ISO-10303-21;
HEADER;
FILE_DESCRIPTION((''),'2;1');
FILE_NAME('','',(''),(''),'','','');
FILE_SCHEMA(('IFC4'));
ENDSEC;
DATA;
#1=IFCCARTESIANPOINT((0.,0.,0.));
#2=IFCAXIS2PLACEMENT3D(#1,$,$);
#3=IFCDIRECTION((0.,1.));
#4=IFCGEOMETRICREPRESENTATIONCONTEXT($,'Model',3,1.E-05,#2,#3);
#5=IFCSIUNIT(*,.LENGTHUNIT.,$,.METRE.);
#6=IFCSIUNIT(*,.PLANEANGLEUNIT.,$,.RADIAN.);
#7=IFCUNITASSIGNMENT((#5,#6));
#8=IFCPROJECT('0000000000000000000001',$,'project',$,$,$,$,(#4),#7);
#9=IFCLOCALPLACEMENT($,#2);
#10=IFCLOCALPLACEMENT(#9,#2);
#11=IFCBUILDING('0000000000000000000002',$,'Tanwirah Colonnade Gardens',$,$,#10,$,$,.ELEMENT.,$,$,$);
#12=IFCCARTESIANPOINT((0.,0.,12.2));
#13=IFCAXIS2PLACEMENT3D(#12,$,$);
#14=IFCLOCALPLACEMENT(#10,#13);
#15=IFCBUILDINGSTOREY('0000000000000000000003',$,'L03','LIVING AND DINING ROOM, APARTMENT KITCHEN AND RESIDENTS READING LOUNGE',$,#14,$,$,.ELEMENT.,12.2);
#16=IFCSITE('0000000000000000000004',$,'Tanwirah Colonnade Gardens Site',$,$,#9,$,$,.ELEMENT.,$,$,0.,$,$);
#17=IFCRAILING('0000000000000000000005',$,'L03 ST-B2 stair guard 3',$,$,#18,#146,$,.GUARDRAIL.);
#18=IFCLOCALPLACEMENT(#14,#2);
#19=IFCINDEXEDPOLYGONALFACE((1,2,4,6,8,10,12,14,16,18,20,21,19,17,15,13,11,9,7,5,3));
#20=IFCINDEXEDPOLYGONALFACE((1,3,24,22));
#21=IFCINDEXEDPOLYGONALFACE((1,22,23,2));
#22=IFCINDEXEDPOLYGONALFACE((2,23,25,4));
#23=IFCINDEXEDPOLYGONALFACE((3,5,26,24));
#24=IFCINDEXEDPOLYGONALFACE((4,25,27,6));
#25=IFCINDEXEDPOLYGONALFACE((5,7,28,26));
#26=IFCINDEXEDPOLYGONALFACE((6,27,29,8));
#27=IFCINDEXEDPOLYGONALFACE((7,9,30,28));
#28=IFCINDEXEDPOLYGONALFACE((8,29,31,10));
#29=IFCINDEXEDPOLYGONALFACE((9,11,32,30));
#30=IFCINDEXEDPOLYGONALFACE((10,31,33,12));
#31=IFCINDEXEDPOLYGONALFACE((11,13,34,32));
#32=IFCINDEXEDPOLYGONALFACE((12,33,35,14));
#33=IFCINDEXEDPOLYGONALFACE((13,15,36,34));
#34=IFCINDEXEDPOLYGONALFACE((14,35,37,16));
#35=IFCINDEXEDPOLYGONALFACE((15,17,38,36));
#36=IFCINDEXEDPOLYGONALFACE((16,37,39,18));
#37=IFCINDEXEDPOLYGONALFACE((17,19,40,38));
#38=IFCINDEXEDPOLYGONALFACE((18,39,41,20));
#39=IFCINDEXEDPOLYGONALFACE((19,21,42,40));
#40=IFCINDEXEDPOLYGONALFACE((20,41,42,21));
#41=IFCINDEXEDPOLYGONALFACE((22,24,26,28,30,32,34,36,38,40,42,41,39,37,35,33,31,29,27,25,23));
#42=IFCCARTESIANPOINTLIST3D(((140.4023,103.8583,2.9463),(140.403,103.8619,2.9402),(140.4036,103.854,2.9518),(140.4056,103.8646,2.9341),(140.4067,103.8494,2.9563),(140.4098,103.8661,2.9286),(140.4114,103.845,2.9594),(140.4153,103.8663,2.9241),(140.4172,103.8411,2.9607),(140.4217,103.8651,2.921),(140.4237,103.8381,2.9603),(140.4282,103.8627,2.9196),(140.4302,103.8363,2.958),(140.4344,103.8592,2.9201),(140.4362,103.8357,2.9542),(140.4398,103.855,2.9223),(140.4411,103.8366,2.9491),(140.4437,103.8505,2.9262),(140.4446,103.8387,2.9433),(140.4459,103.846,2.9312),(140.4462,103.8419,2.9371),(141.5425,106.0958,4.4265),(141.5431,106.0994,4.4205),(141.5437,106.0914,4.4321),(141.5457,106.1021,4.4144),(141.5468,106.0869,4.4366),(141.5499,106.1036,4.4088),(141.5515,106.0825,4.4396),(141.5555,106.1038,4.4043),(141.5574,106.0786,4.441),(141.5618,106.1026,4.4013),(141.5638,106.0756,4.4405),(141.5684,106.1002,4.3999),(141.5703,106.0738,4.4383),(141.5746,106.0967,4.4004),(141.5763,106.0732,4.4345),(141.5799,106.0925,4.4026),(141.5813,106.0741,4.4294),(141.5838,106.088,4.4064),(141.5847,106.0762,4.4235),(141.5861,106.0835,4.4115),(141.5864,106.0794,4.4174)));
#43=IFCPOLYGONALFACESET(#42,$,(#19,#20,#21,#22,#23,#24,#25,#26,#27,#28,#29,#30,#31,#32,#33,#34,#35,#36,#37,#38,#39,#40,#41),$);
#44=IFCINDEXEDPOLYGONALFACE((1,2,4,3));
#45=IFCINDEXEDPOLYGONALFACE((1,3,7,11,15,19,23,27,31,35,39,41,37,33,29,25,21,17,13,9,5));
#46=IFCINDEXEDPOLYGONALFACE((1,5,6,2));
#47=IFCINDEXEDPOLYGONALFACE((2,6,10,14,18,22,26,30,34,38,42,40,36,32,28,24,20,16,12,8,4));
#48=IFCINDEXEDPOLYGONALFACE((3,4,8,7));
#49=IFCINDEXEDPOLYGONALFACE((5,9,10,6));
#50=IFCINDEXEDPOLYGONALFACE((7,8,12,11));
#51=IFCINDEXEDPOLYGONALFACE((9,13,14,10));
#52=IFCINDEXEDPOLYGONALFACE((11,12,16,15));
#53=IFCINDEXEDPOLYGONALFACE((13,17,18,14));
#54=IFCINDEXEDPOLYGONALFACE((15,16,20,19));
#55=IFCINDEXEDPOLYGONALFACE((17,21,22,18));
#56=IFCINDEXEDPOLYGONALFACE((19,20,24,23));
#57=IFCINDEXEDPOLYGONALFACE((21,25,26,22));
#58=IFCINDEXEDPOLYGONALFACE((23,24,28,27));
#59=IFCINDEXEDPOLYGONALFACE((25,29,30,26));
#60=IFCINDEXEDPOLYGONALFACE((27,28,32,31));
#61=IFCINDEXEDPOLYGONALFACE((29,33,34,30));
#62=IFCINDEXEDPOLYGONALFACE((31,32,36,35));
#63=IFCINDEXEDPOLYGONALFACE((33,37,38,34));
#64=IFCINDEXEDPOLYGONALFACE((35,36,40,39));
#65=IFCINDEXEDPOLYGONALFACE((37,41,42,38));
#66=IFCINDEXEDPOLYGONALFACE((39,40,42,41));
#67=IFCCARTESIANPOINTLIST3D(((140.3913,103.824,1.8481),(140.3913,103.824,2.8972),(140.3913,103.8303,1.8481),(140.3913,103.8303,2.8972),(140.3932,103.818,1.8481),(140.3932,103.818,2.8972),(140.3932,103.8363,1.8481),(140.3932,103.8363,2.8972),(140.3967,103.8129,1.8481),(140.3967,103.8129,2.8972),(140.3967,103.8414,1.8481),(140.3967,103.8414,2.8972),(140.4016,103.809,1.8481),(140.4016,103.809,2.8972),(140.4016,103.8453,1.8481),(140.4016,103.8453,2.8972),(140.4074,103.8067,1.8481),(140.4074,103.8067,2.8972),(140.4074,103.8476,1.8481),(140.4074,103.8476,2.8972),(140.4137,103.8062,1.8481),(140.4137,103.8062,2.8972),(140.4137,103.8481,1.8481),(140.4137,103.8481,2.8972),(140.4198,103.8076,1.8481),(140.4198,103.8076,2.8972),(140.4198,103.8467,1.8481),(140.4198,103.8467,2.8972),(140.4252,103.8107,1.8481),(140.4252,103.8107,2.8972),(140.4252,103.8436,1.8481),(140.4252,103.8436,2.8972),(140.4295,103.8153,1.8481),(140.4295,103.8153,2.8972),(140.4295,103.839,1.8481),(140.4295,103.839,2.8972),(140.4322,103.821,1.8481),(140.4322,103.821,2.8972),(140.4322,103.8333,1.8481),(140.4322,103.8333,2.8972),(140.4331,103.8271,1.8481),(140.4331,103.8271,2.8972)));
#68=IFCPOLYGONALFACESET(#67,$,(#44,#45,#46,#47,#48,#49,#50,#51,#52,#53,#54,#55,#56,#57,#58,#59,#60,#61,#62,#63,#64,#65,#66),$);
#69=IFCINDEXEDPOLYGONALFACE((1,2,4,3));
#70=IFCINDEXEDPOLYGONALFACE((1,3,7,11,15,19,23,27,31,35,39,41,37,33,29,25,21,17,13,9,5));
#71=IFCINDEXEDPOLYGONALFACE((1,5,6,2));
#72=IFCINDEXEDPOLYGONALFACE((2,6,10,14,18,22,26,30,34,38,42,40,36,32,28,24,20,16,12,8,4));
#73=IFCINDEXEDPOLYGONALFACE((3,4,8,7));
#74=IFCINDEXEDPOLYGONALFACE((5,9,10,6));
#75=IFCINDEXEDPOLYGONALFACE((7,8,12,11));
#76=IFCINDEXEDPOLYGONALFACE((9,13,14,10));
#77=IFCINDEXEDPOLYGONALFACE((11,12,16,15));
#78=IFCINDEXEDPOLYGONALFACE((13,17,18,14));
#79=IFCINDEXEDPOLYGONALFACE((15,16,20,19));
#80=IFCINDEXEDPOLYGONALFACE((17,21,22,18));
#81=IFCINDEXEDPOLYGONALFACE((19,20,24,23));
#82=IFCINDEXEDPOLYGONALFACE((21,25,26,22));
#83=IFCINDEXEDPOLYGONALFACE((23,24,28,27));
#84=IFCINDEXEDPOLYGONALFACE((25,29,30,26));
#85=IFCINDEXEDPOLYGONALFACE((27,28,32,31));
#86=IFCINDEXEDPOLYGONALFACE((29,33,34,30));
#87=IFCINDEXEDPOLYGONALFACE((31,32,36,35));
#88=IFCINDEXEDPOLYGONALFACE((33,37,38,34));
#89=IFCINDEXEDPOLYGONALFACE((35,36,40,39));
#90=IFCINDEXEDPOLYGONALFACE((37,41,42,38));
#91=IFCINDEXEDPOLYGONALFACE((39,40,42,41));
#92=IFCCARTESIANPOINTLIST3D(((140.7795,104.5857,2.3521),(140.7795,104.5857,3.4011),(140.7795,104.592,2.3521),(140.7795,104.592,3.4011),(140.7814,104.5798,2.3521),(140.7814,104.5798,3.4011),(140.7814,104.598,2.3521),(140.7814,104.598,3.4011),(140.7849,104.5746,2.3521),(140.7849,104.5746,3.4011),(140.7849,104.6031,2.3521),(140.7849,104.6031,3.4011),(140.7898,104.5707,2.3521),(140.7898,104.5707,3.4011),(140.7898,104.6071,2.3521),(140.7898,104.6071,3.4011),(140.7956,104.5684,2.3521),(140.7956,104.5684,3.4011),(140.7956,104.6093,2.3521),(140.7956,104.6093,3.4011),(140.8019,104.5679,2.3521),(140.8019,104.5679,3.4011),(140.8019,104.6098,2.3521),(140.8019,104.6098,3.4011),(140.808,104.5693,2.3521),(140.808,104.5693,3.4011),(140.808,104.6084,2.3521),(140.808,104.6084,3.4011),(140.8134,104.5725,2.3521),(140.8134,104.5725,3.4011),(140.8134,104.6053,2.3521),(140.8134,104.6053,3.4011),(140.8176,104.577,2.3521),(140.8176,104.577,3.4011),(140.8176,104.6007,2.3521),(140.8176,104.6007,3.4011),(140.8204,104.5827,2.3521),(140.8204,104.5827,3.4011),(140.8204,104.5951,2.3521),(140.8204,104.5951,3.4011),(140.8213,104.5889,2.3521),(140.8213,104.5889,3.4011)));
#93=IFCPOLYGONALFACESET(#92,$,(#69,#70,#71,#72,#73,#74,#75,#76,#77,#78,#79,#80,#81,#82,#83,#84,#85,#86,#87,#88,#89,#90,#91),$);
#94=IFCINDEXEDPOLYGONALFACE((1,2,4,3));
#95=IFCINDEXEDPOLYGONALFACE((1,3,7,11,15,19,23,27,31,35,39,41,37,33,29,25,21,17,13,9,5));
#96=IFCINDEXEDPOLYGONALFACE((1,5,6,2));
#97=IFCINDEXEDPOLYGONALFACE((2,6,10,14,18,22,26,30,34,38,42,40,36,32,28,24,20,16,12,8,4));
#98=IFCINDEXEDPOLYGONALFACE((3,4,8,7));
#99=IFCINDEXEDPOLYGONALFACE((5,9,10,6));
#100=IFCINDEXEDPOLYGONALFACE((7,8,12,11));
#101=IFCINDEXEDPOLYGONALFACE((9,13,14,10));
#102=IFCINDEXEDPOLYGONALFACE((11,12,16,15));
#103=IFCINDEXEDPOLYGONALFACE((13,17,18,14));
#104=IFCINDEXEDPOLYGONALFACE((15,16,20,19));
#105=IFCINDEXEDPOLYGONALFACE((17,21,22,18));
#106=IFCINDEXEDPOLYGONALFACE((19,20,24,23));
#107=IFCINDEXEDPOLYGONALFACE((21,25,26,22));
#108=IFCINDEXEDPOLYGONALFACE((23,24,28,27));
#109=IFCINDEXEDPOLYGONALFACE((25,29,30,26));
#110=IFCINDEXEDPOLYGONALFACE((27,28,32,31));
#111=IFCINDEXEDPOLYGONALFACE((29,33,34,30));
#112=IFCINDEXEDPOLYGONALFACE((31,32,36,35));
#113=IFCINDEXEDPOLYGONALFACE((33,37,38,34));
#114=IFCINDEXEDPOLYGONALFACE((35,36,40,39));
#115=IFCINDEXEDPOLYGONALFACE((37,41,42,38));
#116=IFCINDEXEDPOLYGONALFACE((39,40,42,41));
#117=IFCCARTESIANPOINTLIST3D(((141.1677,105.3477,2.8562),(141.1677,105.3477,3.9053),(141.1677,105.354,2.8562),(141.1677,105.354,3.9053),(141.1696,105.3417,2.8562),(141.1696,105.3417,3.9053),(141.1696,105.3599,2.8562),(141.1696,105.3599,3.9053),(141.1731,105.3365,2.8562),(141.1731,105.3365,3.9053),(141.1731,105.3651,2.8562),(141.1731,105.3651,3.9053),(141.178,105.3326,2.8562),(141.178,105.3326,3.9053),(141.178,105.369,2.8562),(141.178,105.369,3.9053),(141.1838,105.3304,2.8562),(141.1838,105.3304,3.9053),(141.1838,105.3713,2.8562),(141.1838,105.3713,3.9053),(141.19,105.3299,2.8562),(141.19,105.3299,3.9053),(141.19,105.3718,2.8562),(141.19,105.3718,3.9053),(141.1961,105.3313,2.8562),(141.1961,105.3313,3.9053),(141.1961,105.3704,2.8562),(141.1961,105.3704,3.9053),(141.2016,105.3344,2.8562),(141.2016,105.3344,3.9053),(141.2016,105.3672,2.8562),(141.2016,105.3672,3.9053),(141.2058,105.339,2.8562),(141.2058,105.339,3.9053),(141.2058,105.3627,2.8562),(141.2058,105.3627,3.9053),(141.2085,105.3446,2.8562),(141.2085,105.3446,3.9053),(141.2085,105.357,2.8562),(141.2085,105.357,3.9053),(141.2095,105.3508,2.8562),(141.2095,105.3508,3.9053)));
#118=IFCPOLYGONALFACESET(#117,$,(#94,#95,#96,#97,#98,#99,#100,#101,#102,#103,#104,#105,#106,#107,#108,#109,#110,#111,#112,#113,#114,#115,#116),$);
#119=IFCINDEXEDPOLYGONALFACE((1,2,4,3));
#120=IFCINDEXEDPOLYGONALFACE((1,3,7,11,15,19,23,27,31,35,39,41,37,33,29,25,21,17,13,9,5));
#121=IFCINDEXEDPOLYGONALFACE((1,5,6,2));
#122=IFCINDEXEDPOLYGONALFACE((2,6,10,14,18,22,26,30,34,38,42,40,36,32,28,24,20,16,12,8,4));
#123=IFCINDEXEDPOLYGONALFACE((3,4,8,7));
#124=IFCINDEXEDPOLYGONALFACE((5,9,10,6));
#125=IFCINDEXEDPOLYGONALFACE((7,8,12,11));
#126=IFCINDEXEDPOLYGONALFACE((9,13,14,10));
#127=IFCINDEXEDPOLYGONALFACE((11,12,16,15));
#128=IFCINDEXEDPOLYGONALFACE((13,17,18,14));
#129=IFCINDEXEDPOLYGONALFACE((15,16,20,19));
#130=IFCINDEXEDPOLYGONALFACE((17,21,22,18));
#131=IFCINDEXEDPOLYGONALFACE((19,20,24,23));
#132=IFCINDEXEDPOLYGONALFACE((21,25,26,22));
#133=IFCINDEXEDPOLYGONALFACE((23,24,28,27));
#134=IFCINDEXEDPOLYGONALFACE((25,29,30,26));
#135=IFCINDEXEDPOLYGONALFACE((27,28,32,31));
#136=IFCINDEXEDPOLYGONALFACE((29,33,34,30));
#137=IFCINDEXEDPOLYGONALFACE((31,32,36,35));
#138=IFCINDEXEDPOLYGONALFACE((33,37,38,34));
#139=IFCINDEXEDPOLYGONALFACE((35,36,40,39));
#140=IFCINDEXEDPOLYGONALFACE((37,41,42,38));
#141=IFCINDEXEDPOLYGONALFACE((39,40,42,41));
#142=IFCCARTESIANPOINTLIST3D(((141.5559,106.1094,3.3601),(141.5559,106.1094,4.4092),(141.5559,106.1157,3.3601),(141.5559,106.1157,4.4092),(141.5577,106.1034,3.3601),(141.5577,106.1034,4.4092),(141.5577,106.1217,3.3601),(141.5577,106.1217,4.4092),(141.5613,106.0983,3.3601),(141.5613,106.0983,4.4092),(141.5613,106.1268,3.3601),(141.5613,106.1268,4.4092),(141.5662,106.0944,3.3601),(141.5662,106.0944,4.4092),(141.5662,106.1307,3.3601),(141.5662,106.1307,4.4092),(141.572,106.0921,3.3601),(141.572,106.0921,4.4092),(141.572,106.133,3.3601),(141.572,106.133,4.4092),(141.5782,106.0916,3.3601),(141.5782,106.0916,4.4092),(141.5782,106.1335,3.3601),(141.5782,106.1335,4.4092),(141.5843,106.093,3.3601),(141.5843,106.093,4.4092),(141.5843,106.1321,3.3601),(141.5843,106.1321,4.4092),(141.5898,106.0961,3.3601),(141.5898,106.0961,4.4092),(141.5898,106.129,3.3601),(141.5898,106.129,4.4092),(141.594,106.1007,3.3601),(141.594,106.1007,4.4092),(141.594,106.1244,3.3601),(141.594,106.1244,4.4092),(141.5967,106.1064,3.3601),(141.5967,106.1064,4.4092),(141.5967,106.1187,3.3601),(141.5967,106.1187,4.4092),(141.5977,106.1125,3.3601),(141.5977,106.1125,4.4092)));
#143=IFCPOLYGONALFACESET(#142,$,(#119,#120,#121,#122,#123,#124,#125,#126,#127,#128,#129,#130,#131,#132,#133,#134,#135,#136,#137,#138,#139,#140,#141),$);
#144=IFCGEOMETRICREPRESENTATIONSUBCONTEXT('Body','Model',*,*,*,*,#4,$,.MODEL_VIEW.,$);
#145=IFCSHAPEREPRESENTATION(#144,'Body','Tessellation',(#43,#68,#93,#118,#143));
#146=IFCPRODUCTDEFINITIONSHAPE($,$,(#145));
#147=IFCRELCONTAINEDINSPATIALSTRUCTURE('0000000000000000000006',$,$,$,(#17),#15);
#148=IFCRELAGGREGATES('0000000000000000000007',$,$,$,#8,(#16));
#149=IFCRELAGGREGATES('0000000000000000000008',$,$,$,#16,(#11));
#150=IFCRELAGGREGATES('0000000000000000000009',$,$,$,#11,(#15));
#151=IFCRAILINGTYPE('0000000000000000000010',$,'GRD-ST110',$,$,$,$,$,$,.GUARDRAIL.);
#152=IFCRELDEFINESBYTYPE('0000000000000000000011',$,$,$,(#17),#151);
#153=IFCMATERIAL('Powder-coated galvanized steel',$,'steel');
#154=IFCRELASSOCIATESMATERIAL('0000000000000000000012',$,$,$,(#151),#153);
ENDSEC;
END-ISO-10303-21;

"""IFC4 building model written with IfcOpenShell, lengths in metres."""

from ifc_helpers import new_model, si_unit, direction, frame, origin, origin_2d, place, context, subcontext, project, spatial, circle, extrude, material, type_object, element, save


model = new_model("IFC4")

# Units and contexts
model_context = context("Model", 3, precision=1e-05, world=origin(), true_north=direction((0.0, 1.0)))
body_context = subcontext(model_context, "Body", "Model", "MODEL_VIEW")
ifc_project = project(units=[si_unit("LENGTHUNIT", "METRE"), si_unit("PLANEANGLEUNIT", "RADIAN")], contexts=[model_context])

# Site, building, storey
site_placement = place(None, origin())
site = spatial("IfcSite", under=ifc_project, at=site_placement, Name="Tanwirah Colonnade Gardens Site", CompositionType="ELEMENT", RefElevation=0.0)
building_placement = place(site_placement, origin())
building = spatial("IfcBuilding", under=site, at=building_placement, Name="Tanwirah Colonnade Gardens", CompositionType="ELEMENT")
storey_placement = place(building_placement, frame((0.0, 0.0, 12.2)))
storey = spatial("IfcBuildingStorey", under=building, at=storey_placement, Name="L03", Description="LIVING AND DINING ROOM, APARTMENT KITCHEN AND RESIDENTS READING LOUNGE", CompositionType="ELEMENT", Elevation=12.2)

# Railing
ifc_material_1 = material(Name="Powder-coated galvanized steel", Category="steel")
railing_type_1 = type_object("IfcRailingType", Name="GRD-ST110", PredefinedType="GUARDRAIL", material=ifc_material_1)
railing_1_placement = place(storey_placement, frame((140.4121, 103.8271, 1.8481)))
element("IfcRailing", 1, at=railing_1_placement, inside=storey, type_object=railing_type_1, Name="L03 ST-B2 stair guard 3", PredefinedType="GUARDRAIL", context=body_context, shape_type="SweptSolid", body=[
    extrude(circle(Radius=0.0239, at=origin_2d()), frame((0.0122, 0.0239, 1.092), z_axis=(0.391122, 0.767567, 0.507803), x_axis=(-0.890994, 0.454016, 0.0)), (0.0, 0.0, 1.0), 2.915),
    extrude(circle(Radius=0.021, at=origin_2d()), origin(), (0.0, 0.0, 1.0), 1.0491),
    extrude(circle(Radius=0.021, at=origin_2d()), frame((0.3882, 0.7617, 0.5039)), (0.0, 0.0, 1.0), 1.0491),
    extrude(circle(Radius=0.021, at=origin_2d()), frame((0.7764, 1.5237, 1.0081)), (0.0, 0.0, 1.0), 1.0491),
    extrude(circle(Radius=0.021, at=origin_2d()), frame((1.1646, 2.2854, 1.512)), (0.0, 0.0, 1.0), 1.0491),
])

save(model, "model.ifc")
